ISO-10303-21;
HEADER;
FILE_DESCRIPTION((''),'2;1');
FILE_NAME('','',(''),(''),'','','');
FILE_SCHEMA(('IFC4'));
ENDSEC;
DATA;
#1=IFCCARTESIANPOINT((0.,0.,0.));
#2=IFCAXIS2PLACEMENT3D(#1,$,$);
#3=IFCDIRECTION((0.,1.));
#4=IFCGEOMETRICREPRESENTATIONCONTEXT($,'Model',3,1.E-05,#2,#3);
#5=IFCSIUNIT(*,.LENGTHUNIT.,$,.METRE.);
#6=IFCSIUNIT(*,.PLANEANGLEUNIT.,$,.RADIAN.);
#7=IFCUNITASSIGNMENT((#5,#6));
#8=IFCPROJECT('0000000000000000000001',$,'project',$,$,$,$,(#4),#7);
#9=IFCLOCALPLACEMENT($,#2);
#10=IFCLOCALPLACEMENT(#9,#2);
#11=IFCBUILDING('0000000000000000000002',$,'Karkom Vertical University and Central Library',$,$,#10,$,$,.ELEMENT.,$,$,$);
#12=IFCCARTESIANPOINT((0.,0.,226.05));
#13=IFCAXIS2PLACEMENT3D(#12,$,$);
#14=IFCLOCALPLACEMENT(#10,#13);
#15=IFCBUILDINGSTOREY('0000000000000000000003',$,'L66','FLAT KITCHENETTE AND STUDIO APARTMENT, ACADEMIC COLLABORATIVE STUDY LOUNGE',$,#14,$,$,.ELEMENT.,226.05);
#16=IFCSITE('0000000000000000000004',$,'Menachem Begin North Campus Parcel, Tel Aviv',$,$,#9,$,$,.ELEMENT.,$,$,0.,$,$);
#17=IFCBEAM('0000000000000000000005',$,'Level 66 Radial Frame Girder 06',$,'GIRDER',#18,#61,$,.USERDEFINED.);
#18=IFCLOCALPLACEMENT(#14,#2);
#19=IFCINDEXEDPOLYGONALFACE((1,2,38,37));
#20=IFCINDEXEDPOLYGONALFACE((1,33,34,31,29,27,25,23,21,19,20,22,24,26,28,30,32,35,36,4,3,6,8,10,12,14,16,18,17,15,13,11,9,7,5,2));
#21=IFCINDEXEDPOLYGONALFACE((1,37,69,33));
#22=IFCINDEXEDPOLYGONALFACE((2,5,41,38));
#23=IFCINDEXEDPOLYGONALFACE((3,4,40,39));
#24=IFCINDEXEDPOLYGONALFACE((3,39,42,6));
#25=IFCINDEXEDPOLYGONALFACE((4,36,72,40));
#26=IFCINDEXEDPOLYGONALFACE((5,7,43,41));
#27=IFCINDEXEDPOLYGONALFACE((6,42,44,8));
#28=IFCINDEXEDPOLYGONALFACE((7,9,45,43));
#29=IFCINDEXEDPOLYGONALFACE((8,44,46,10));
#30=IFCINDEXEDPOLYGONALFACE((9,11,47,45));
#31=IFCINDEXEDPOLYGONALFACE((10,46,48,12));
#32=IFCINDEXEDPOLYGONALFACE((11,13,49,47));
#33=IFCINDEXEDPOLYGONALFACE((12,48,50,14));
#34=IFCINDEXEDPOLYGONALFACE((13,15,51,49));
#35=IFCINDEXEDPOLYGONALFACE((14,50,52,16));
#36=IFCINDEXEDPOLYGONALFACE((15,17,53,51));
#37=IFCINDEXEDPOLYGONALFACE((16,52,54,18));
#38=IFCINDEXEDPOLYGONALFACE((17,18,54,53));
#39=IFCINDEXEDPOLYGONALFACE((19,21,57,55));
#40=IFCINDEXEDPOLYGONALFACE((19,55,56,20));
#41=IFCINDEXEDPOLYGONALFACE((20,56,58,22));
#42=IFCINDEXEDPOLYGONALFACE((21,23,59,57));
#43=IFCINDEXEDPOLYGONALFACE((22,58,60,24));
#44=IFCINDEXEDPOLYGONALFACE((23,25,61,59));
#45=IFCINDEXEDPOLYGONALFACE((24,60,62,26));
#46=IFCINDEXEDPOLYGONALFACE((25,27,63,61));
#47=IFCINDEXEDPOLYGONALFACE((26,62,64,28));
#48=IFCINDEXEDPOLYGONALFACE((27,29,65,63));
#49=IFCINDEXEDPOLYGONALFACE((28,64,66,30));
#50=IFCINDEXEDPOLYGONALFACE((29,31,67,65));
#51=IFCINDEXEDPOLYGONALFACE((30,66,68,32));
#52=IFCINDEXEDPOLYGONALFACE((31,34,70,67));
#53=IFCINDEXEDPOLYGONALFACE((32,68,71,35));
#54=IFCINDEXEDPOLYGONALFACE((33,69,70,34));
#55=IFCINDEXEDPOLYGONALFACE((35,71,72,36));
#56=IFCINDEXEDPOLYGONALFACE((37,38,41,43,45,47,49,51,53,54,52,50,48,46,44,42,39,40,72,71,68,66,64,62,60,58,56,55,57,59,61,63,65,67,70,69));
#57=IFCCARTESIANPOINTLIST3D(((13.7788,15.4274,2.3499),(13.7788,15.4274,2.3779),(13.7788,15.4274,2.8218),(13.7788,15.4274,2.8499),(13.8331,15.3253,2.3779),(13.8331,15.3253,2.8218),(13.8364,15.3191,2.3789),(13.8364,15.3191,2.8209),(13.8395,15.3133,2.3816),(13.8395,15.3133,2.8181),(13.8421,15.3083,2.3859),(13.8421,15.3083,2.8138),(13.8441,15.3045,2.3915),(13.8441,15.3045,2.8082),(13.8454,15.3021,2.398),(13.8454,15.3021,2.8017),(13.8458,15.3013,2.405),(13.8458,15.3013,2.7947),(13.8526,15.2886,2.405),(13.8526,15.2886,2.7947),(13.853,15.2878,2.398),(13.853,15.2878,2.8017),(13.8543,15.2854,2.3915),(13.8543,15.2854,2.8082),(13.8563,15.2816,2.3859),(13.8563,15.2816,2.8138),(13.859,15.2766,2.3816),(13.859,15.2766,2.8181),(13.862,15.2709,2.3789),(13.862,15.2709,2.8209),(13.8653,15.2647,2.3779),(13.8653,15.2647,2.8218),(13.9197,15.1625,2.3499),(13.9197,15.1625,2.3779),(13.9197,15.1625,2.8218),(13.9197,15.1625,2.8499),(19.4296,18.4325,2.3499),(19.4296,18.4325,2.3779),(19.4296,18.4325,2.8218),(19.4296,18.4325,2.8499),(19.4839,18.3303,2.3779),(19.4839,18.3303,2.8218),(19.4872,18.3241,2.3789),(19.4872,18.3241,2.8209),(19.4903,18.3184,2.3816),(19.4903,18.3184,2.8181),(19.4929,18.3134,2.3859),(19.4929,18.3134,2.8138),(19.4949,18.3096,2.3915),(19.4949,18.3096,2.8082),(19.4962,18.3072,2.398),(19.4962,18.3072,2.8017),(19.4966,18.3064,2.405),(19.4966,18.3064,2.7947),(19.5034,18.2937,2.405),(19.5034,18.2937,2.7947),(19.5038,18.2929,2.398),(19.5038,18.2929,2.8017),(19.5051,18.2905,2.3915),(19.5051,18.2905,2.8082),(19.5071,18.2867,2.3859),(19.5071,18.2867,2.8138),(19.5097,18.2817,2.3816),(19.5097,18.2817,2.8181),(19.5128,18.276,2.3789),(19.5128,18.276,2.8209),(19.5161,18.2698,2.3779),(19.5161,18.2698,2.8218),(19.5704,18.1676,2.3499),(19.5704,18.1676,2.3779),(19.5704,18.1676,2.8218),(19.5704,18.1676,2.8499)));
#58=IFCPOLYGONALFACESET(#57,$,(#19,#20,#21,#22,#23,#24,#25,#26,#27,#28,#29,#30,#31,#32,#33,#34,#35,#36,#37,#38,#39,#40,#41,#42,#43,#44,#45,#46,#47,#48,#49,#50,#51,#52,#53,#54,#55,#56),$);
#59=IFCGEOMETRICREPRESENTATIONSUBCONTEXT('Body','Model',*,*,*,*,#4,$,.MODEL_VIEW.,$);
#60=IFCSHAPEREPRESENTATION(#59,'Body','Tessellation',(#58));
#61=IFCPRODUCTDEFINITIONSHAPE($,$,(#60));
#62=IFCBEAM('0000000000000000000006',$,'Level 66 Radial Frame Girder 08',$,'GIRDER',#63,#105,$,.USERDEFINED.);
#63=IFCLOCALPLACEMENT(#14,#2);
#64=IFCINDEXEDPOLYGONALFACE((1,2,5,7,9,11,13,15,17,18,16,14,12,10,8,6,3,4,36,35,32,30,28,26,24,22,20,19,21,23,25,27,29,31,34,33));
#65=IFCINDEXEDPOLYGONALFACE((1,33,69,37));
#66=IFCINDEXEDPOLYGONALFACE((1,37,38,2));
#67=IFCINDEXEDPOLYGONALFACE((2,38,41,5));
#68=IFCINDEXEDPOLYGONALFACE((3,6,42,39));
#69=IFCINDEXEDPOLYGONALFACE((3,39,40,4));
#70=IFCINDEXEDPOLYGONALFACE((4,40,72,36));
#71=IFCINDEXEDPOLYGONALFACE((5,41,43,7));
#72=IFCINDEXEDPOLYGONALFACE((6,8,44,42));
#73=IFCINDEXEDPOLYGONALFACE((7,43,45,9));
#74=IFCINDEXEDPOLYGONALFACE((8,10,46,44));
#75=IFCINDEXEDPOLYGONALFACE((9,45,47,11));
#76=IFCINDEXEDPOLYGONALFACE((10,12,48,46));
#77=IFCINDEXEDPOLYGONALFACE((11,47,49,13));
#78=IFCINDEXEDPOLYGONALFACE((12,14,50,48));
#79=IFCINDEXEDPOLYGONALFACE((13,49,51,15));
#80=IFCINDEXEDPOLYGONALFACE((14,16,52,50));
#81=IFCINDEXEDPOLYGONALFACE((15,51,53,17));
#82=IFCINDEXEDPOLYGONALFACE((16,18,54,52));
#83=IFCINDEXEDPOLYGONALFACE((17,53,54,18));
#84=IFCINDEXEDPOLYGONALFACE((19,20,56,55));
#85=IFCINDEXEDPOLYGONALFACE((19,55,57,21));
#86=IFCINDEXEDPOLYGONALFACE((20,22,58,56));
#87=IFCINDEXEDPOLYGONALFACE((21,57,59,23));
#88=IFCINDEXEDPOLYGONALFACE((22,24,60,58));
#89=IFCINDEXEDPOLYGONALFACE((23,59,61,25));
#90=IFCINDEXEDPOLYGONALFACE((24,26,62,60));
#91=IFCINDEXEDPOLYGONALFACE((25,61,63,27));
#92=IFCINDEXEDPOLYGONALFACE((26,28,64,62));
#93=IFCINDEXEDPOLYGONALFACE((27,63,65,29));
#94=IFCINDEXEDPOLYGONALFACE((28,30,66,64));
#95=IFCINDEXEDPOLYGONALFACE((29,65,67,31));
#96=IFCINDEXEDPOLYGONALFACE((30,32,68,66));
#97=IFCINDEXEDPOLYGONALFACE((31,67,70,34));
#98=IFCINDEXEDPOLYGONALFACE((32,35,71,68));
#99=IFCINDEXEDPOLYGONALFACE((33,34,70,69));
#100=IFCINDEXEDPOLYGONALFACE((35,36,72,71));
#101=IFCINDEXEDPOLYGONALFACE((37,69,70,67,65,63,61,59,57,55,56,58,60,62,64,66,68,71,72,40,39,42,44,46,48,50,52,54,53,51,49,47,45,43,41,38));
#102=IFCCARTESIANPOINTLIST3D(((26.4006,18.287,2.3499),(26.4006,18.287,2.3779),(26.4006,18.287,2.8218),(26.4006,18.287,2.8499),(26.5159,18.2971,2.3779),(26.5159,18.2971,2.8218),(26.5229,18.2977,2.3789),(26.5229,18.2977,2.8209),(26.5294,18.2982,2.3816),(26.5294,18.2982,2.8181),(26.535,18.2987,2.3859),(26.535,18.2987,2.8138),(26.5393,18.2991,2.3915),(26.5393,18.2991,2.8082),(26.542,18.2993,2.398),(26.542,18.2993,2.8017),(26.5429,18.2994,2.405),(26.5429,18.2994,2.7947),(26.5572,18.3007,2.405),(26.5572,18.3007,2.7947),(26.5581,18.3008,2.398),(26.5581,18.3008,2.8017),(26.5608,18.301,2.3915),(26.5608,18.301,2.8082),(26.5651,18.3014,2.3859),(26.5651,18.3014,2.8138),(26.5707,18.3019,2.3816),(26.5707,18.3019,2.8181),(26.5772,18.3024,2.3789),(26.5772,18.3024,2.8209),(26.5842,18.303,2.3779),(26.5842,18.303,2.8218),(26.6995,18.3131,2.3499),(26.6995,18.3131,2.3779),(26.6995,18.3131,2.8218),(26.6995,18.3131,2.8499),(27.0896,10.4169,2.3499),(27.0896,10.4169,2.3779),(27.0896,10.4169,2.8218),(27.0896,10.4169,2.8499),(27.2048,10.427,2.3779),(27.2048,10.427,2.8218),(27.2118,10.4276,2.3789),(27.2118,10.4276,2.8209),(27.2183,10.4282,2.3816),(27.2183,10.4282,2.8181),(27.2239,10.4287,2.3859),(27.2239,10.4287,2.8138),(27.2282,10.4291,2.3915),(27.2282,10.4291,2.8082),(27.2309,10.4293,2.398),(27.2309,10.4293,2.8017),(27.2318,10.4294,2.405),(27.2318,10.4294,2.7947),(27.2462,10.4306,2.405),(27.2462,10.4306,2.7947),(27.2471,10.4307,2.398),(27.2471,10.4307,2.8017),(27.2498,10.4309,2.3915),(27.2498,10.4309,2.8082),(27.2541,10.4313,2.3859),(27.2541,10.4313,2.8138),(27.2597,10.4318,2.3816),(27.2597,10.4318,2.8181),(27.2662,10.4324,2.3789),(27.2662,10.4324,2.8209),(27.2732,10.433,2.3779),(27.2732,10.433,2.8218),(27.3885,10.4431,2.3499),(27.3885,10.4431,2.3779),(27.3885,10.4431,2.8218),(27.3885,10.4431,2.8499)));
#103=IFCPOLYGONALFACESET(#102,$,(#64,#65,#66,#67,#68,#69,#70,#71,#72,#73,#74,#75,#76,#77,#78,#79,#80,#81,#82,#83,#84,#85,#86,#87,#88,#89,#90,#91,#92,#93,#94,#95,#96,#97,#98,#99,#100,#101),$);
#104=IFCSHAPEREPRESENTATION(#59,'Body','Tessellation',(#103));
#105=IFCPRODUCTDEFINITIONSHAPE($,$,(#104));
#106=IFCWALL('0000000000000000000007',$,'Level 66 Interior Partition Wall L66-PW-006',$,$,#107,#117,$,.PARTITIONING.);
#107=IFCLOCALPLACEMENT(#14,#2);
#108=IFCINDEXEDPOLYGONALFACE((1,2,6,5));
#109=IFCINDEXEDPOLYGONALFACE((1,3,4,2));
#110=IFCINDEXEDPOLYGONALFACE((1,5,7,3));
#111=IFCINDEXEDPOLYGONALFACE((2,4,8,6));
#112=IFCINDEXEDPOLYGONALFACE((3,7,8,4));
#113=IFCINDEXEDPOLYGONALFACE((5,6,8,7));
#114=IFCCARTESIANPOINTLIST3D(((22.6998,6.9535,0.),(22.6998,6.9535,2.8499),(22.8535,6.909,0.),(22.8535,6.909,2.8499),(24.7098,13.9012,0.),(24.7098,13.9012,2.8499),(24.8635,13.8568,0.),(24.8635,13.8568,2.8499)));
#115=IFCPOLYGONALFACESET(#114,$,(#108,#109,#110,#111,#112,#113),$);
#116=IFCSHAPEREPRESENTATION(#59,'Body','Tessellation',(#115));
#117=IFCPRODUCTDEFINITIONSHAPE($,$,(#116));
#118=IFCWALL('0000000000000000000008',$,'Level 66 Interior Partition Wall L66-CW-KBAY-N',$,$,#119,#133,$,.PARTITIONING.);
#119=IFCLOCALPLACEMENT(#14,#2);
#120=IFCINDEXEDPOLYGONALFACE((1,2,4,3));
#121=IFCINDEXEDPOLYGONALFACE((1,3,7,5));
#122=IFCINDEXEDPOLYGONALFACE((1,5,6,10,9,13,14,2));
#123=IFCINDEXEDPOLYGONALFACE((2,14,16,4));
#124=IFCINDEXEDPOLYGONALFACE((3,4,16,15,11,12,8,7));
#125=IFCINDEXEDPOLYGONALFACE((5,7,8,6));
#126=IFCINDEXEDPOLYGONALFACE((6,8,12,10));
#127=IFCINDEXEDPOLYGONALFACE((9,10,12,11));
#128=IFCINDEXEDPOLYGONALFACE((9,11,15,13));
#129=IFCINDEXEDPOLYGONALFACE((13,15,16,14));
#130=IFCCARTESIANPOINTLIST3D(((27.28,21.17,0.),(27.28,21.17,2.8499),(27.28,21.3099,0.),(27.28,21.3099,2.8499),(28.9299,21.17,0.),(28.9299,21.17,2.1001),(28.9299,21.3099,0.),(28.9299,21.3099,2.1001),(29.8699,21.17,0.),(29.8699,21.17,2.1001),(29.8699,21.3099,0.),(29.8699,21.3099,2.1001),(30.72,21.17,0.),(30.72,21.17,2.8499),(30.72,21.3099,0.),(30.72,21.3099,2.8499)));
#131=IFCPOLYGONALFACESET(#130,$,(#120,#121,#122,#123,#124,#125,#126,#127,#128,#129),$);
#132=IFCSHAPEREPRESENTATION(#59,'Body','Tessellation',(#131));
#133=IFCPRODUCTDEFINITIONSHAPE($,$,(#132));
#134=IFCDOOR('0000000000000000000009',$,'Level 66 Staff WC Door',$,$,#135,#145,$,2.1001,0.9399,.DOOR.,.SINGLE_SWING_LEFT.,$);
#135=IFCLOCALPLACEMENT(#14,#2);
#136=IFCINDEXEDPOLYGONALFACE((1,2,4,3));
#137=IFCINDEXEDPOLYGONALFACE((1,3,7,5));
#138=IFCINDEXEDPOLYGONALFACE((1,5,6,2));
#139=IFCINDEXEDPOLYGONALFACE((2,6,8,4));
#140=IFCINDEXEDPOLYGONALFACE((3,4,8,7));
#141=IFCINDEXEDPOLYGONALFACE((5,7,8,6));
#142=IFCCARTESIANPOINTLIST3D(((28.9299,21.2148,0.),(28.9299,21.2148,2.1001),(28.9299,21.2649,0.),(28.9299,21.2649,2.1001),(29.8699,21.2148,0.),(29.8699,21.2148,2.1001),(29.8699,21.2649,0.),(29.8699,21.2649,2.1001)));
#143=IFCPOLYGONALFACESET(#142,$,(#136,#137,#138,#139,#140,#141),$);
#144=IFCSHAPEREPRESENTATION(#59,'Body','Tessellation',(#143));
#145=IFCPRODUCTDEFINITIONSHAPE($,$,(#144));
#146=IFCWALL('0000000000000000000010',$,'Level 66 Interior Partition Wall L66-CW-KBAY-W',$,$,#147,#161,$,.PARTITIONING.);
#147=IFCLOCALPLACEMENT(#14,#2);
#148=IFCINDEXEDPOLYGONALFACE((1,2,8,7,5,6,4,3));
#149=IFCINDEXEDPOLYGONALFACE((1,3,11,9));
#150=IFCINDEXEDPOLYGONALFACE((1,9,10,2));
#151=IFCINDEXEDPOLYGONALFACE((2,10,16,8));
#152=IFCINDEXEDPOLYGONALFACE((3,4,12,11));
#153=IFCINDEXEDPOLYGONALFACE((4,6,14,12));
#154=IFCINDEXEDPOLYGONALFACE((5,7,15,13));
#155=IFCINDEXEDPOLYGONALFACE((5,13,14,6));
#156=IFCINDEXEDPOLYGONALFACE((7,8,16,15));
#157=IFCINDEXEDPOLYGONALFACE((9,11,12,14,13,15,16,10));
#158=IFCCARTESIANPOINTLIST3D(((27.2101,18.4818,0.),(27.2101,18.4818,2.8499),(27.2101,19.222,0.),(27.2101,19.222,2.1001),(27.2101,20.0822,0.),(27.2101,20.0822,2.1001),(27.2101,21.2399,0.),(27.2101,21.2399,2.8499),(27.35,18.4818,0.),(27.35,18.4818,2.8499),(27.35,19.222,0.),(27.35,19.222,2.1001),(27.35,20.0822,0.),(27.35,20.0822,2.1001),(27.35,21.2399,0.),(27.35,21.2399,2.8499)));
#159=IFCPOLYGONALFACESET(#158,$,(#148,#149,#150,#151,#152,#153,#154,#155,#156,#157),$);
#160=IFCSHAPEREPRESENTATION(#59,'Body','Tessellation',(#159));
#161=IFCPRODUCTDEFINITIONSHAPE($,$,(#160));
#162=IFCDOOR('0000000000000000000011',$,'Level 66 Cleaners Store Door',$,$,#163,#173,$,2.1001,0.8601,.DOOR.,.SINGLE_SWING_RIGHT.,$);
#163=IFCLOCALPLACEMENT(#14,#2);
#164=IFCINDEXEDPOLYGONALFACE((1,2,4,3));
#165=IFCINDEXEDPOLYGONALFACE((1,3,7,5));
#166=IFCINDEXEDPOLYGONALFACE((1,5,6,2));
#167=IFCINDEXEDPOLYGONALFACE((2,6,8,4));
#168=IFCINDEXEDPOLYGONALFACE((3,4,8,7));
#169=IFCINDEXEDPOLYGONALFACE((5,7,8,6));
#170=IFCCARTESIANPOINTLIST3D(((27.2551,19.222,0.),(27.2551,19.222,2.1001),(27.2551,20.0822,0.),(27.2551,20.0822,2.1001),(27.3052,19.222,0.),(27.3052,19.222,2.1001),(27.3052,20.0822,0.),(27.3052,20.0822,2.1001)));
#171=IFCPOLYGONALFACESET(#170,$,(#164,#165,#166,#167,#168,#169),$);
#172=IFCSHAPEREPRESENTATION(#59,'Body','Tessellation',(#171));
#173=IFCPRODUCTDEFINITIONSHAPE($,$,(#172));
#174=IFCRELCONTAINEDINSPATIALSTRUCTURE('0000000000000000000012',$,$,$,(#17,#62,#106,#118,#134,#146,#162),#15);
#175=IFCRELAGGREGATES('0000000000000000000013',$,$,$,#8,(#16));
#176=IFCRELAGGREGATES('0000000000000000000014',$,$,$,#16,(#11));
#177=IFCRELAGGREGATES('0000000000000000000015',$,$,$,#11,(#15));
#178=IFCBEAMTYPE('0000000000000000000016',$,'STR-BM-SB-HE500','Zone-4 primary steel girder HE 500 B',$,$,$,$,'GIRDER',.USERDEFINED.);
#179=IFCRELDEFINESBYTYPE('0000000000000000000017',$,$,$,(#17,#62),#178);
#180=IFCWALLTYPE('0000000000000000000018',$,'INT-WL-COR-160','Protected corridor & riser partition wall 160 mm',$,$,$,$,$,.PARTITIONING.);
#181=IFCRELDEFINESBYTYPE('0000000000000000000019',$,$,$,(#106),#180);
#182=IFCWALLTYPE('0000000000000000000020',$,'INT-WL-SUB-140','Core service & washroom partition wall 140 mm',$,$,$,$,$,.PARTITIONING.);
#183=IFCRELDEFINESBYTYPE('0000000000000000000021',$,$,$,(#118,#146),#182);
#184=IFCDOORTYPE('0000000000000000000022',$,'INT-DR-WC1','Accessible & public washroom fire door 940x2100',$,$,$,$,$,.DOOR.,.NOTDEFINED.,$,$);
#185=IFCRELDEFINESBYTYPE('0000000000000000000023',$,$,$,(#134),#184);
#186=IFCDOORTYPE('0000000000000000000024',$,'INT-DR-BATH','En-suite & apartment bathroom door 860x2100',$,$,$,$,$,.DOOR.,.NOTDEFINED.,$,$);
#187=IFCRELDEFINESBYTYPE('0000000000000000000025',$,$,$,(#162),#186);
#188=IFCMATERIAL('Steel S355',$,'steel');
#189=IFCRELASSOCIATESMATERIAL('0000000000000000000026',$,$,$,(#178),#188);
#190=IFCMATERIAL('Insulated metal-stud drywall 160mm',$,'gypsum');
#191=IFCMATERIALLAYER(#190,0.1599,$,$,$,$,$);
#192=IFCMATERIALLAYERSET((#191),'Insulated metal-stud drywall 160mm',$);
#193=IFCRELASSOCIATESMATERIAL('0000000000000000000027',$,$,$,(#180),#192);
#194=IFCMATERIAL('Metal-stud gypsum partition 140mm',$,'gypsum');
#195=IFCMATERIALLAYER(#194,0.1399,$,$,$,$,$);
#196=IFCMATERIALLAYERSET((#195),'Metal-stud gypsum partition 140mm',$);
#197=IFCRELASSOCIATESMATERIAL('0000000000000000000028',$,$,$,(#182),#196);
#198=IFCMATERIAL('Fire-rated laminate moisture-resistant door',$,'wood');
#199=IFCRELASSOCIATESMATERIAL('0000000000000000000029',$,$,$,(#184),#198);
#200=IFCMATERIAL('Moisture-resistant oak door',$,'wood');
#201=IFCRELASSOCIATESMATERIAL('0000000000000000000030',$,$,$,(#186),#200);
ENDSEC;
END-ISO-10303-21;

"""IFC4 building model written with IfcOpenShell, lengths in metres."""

from ifc_helpers import new_model, si_unit, direction, frame, frame_2d, origin, origin_with_axes, origin_2d, place, context, subcontext, project, spatial, rectangle, i_section, extrude, source, transform, mapped, material, layer, layer_set, material_profile, profile_set, type_object, element, fill, save


model = new_model("IFC4")

# Units and contexts
model_context = context("Model", 3, precision=1e-05, world=origin(), true_north=direction((0.0, 1.0)))
body_context = subcontext(model_context, "Body", "Model", "MODEL_VIEW")
ifc_project = project(units=[si_unit("LENGTHUNIT", "METRE"), si_unit("PLANEANGLEUNIT", "RADIAN")], contexts=[model_context])

# Site, building, storey
site_placement = place(None, origin())
site = spatial("IfcSite", under=ifc_project, at=site_placement, Name="Menachem Begin North Campus Parcel, Tel Aviv", CompositionType="ELEMENT", RefElevation=0.0)
building_placement = place(site_placement, origin())
building = spatial("IfcBuilding", under=site, at=building_placement, Name="Karkom Vertical University and Central Library", CompositionType="ELEMENT")
storey_placement = place(building_placement, frame((0.0, 0.0, 226.05)))
storey = spatial("IfcBuildingStorey", under=building, at=storey_placement, Name="L66", Description="FLAT KITCHENETTE AND STUDIO APARTMENT, ACADEMIC COLLABORATIVE STUDY LOUNGE", CompositionType="ELEMENT", Elevation=226.05)

# Beams
ifc_material_1 = material(Name="Steel S355", Category="steel")
ifc_material_profile_1 = material_profile(ifc_material_1, i_section(OverallWidth=0.3, OverallDepth=0.5, WebThickness=0.0144, FlangeThickness=0.0281, FilletRadius=0.0271, at=origin_2d()), Name="HE 500 B")
ifc_profile_set_1 = profile_set([ifc_material_profile_1], Name="Steel S355")
beam_type_1 = type_object("IfcBeamType", Name="STR-BM-SB-HE500", Description="Zone-4 primary steel girder HE 500 B", ElementType="GIRDER", PredefinedType="USERDEFINED", material=ifc_profile_set_1)
shared_shape_1 = source(origin_with_axes(), body_context, "Body", "SweptSolid", [
    extrude(i_section(OverallWidth=0.3, OverallDepth=0.5, WebThickness=0.0144, FlangeThickness=0.0281, FilletRadius=0.0271, at=origin_2d()), origin(), (0.0, 0.0, 1.0), 6.4001),
])
beam_1_placement = place(storey_placement, frame((19.5, 18.3, 2.5999), z_axis=(-0.882915, -0.469533, 0.0), x_axis=(0.469533, -0.882915, 0.0)))
element("IfcBeam", 1, at=beam_1_placement, inside=storey, type_object=beam_type_1, Name="Level 66 Radial Frame Girder 06", ObjectType="GIRDER", PredefinedType="USERDEFINED", context=body_context, shape_type="MappedRepresentation", body=[
    mapped(shared_shape_1, transform((0.0, 0.0, 0.0), scale=1.0)),
])
shared_shape_2 = source(origin_with_axes(), body_context, "Body", "SweptSolid", [
    extrude(i_section(OverallWidth=0.3, OverallDepth=0.5, WebThickness=0.0144, FlangeThickness=0.0281, FilletRadius=0.0271, at=origin_2d()), origin(), (0.0, 0.0, 1.0), 7.9001),
])
beam_2_placement = place(storey_placement, frame((26.55, 18.3, 2.5999), z_axis=(0.087208, -0.99619, 0.0), x_axis=(0.99619, 0.087208, 0.0)))
element("IfcBeam", 2, at=beam_2_placement, inside=storey, type_object=beam_type_1, Name="Level 66 Radial Frame Girder 08", ObjectType="GIRDER", PredefinedType="USERDEFINED", context=body_context, shape_type="MappedRepresentation", body=[
    mapped(shared_shape_2, transform((0.0, 0.0, 0.0), scale=1.0)),
])

# Wall
ifc_material_2 = material(Name="Insulated metal-stud drywall 160mm", Category="gypsum")
ifc_layer_1 = layer(ifc_material_2, 0.1599)
ifc_layer_set_1 = layer_set([ifc_layer_1], Name="Insulated metal-stud drywall 160mm")
wall_type_1 = type_object("IfcWallType", Name="INT-WL-COR-160", Description="Protected corridor & riser partition wall 160 mm", PredefinedType="PARTITIONING", material=ifc_layer_set_1)
wall_1_placement = place(storey_placement, frame((24.7866, 13.8789, 0.0), z_axis=(0.0, 0.0, 1.0), x_axis=(-0.277907, -0.960608, 0.0)))
element("IfcWall", 3, at=wall_1_placement, inside=storey, type_object=wall_type_1, Name="Level 66 Interior Partition Wall L66-PW-006", PredefinedType="PARTITIONING", context=body_context, shape_type="SweptSolid", body=[
    extrude(rectangle(XDim=7.2327, YDim=0.1599, at=frame_2d((3.6162, 0.0))), origin(), (0.0, 0.0, 1.0), 2.8499),
])

# Walls, openings, doors
ifc_material_3 = material(Name="Metal-stud gypsum partition 140mm", Category="gypsum")
ifc_layer_2 = layer(ifc_material_3, 0.1399)
ifc_layer_set_2 = layer_set([ifc_layer_2], Name="Metal-stud gypsum partition 140mm")
wall_type_2 = type_object("IfcWallType", Name="INT-WL-SUB-140", Description="Core service & washroom partition wall 140 mm", PredefinedType="PARTITIONING", material=ifc_layer_set_2)
wall_2_placement = place(storey_placement, frame((27.28, 21.24, 0.0), z_axis=(0.0, 0.0, 1.0), x_axis=(1.0, 0.0, 0.0)))
wall_2 = element("IfcWall", 4, at=wall_2_placement, inside=storey, type_object=wall_type_2, Name="Level 66 Interior Partition Wall L66-CW-KBAY-N", PredefinedType="PARTITIONING", context=body_context, shape_type="SweptSolid", body=[
    extrude(rectangle(XDim=3.4399, YDim=0.1399, at=frame_2d((1.72, 0.0))), origin(), (0.0, 0.0, 1.0), 2.8499),
])
opening_1_placement = place(wall_2_placement, frame((1.6499, 0.0, 0.0)))
opening_1 = element("IfcOpeningElement", 5, at=opening_1_placement, cuts=wall_2, PredefinedType="OPENING", context=body_context, shape_type="SweptSolid", body=[
    extrude(rectangle(XDim=0.9399, YDim=2.1001, at=frame_2d((0.47, 1.05))), frame((0.0, 0.0801, 0.0), z_axis=(0.0, -1.0, 0.0), x_axis=(1.0, 0.0, 0.0)), (0.0, 0.0, 1.0), 0.1599),
])
ifc_material_4 = material(Name="Fire-rated laminate moisture-resistant door", Category="wood")
door_type_1 = type_object("IfcDoorType", Name="INT-DR-WC1", Description="Accessible & public washroom fire door 940x2100", OperationType="NOTDEFINED", PredefinedType="DOOR", material=ifc_material_4)
shared_shape_3 = source(origin_with_axes(), body_context, "Body", "SweptSolid", [
    extrude(rectangle(XDim=0.9399, YDim=2.1001, at=frame_2d((0.47, 1.05))), frame((0.0, 0.0249, 0.0), z_axis=(0.0, -1.0, 0.0), x_axis=(1.0, 0.0, 0.0)), (0.0, 0.0, 1.0), 0.05),
])
door_1_placement = place(opening_1_placement, origin())
door_1 = element("IfcDoor", 6, at=door_1_placement, inside=storey, type_object=door_type_1, Name="Level 66 Staff WC Door", OperationType="SINGLE_SWING_LEFT", OverallHeight=2.1001, OverallWidth=0.9399, PredefinedType="DOOR", context=body_context, shape_type="MappedRepresentation", body=[
    mapped(shared_shape_3, transform((0.0, 0.0, 0.0), scale=1.0)),
])
fill(opening_1, door_1)
wall_3_placement = place(storey_placement, frame((27.28, 18.4819, 0.0), z_axis=(0.0, 0.0, 1.0), x_axis=(0.0, 1.0, 0.0)))
wall_3 = element("IfcWall", 7, at=wall_3_placement, inside=storey, type_object=wall_type_2, Name="Level 66 Interior Partition Wall L66-CW-KBAY-W", PredefinedType="PARTITIONING", context=body_context, shape_type="SweptSolid", body=[
    extrude(rectangle(XDim=2.7581, YDim=0.1399, at=frame_2d((1.3789, 0.0))), origin(), (0.0, 0.0, 1.0), 2.8499),
])
opening_2_placement = place(wall_3_placement, frame((0.74, 0.0, 0.0)))
opening_2 = element("IfcOpeningElement", 8, at=opening_2_placement, cuts=wall_3, PredefinedType="OPENING", context=body_context, shape_type="SweptSolid", body=[
    extrude(rectangle(XDim=0.8601, YDim=2.1001, at=frame_2d((0.4302, 1.05))), frame((0.0, 0.0801, 0.0), z_axis=(0.0, -1.0, 0.0), x_axis=(1.0, 0.0, 0.0)), (0.0, 0.0, 1.0), 0.1599),
])
ifc_material_5 = material(Name="Moisture-resistant oak door", Category="wood")
door_type_2 = type_object("IfcDoorType", Name="INT-DR-BATH", Description="En-suite & apartment bathroom door 860x2100", OperationType="NOTDEFINED", PredefinedType="DOOR", material=ifc_material_5)
shared_shape_4 = source(origin_with_axes(), body_context, "Body", "SweptSolid", [
    extrude(rectangle(XDim=0.8601, YDim=2.1001, at=frame_2d((0.4302, 1.05))), frame((0.0, 0.0249, 0.0), z_axis=(0.0, -1.0, 0.0), x_axis=(1.0, 0.0, 0.0)), (0.0, 0.0, 1.0), 0.05),
])
door_2_placement = place(opening_2_placement, origin())
door_2 = element("IfcDoor", 9, at=door_2_placement, inside=storey, type_object=door_type_2, Name="Level 66 Cleaners Store Door", OperationType="SINGLE_SWING_RIGHT", OverallHeight=2.1001, OverallWidth=0.8601, PredefinedType="DOOR", context=body_context, shape_type="MappedRepresentation", body=[
    mapped(shared_shape_4, transform((0.0, 0.0, 0.0), scale=1.0)),
])
fill(opening_2, door_2)

save(model, "model.ifc")
